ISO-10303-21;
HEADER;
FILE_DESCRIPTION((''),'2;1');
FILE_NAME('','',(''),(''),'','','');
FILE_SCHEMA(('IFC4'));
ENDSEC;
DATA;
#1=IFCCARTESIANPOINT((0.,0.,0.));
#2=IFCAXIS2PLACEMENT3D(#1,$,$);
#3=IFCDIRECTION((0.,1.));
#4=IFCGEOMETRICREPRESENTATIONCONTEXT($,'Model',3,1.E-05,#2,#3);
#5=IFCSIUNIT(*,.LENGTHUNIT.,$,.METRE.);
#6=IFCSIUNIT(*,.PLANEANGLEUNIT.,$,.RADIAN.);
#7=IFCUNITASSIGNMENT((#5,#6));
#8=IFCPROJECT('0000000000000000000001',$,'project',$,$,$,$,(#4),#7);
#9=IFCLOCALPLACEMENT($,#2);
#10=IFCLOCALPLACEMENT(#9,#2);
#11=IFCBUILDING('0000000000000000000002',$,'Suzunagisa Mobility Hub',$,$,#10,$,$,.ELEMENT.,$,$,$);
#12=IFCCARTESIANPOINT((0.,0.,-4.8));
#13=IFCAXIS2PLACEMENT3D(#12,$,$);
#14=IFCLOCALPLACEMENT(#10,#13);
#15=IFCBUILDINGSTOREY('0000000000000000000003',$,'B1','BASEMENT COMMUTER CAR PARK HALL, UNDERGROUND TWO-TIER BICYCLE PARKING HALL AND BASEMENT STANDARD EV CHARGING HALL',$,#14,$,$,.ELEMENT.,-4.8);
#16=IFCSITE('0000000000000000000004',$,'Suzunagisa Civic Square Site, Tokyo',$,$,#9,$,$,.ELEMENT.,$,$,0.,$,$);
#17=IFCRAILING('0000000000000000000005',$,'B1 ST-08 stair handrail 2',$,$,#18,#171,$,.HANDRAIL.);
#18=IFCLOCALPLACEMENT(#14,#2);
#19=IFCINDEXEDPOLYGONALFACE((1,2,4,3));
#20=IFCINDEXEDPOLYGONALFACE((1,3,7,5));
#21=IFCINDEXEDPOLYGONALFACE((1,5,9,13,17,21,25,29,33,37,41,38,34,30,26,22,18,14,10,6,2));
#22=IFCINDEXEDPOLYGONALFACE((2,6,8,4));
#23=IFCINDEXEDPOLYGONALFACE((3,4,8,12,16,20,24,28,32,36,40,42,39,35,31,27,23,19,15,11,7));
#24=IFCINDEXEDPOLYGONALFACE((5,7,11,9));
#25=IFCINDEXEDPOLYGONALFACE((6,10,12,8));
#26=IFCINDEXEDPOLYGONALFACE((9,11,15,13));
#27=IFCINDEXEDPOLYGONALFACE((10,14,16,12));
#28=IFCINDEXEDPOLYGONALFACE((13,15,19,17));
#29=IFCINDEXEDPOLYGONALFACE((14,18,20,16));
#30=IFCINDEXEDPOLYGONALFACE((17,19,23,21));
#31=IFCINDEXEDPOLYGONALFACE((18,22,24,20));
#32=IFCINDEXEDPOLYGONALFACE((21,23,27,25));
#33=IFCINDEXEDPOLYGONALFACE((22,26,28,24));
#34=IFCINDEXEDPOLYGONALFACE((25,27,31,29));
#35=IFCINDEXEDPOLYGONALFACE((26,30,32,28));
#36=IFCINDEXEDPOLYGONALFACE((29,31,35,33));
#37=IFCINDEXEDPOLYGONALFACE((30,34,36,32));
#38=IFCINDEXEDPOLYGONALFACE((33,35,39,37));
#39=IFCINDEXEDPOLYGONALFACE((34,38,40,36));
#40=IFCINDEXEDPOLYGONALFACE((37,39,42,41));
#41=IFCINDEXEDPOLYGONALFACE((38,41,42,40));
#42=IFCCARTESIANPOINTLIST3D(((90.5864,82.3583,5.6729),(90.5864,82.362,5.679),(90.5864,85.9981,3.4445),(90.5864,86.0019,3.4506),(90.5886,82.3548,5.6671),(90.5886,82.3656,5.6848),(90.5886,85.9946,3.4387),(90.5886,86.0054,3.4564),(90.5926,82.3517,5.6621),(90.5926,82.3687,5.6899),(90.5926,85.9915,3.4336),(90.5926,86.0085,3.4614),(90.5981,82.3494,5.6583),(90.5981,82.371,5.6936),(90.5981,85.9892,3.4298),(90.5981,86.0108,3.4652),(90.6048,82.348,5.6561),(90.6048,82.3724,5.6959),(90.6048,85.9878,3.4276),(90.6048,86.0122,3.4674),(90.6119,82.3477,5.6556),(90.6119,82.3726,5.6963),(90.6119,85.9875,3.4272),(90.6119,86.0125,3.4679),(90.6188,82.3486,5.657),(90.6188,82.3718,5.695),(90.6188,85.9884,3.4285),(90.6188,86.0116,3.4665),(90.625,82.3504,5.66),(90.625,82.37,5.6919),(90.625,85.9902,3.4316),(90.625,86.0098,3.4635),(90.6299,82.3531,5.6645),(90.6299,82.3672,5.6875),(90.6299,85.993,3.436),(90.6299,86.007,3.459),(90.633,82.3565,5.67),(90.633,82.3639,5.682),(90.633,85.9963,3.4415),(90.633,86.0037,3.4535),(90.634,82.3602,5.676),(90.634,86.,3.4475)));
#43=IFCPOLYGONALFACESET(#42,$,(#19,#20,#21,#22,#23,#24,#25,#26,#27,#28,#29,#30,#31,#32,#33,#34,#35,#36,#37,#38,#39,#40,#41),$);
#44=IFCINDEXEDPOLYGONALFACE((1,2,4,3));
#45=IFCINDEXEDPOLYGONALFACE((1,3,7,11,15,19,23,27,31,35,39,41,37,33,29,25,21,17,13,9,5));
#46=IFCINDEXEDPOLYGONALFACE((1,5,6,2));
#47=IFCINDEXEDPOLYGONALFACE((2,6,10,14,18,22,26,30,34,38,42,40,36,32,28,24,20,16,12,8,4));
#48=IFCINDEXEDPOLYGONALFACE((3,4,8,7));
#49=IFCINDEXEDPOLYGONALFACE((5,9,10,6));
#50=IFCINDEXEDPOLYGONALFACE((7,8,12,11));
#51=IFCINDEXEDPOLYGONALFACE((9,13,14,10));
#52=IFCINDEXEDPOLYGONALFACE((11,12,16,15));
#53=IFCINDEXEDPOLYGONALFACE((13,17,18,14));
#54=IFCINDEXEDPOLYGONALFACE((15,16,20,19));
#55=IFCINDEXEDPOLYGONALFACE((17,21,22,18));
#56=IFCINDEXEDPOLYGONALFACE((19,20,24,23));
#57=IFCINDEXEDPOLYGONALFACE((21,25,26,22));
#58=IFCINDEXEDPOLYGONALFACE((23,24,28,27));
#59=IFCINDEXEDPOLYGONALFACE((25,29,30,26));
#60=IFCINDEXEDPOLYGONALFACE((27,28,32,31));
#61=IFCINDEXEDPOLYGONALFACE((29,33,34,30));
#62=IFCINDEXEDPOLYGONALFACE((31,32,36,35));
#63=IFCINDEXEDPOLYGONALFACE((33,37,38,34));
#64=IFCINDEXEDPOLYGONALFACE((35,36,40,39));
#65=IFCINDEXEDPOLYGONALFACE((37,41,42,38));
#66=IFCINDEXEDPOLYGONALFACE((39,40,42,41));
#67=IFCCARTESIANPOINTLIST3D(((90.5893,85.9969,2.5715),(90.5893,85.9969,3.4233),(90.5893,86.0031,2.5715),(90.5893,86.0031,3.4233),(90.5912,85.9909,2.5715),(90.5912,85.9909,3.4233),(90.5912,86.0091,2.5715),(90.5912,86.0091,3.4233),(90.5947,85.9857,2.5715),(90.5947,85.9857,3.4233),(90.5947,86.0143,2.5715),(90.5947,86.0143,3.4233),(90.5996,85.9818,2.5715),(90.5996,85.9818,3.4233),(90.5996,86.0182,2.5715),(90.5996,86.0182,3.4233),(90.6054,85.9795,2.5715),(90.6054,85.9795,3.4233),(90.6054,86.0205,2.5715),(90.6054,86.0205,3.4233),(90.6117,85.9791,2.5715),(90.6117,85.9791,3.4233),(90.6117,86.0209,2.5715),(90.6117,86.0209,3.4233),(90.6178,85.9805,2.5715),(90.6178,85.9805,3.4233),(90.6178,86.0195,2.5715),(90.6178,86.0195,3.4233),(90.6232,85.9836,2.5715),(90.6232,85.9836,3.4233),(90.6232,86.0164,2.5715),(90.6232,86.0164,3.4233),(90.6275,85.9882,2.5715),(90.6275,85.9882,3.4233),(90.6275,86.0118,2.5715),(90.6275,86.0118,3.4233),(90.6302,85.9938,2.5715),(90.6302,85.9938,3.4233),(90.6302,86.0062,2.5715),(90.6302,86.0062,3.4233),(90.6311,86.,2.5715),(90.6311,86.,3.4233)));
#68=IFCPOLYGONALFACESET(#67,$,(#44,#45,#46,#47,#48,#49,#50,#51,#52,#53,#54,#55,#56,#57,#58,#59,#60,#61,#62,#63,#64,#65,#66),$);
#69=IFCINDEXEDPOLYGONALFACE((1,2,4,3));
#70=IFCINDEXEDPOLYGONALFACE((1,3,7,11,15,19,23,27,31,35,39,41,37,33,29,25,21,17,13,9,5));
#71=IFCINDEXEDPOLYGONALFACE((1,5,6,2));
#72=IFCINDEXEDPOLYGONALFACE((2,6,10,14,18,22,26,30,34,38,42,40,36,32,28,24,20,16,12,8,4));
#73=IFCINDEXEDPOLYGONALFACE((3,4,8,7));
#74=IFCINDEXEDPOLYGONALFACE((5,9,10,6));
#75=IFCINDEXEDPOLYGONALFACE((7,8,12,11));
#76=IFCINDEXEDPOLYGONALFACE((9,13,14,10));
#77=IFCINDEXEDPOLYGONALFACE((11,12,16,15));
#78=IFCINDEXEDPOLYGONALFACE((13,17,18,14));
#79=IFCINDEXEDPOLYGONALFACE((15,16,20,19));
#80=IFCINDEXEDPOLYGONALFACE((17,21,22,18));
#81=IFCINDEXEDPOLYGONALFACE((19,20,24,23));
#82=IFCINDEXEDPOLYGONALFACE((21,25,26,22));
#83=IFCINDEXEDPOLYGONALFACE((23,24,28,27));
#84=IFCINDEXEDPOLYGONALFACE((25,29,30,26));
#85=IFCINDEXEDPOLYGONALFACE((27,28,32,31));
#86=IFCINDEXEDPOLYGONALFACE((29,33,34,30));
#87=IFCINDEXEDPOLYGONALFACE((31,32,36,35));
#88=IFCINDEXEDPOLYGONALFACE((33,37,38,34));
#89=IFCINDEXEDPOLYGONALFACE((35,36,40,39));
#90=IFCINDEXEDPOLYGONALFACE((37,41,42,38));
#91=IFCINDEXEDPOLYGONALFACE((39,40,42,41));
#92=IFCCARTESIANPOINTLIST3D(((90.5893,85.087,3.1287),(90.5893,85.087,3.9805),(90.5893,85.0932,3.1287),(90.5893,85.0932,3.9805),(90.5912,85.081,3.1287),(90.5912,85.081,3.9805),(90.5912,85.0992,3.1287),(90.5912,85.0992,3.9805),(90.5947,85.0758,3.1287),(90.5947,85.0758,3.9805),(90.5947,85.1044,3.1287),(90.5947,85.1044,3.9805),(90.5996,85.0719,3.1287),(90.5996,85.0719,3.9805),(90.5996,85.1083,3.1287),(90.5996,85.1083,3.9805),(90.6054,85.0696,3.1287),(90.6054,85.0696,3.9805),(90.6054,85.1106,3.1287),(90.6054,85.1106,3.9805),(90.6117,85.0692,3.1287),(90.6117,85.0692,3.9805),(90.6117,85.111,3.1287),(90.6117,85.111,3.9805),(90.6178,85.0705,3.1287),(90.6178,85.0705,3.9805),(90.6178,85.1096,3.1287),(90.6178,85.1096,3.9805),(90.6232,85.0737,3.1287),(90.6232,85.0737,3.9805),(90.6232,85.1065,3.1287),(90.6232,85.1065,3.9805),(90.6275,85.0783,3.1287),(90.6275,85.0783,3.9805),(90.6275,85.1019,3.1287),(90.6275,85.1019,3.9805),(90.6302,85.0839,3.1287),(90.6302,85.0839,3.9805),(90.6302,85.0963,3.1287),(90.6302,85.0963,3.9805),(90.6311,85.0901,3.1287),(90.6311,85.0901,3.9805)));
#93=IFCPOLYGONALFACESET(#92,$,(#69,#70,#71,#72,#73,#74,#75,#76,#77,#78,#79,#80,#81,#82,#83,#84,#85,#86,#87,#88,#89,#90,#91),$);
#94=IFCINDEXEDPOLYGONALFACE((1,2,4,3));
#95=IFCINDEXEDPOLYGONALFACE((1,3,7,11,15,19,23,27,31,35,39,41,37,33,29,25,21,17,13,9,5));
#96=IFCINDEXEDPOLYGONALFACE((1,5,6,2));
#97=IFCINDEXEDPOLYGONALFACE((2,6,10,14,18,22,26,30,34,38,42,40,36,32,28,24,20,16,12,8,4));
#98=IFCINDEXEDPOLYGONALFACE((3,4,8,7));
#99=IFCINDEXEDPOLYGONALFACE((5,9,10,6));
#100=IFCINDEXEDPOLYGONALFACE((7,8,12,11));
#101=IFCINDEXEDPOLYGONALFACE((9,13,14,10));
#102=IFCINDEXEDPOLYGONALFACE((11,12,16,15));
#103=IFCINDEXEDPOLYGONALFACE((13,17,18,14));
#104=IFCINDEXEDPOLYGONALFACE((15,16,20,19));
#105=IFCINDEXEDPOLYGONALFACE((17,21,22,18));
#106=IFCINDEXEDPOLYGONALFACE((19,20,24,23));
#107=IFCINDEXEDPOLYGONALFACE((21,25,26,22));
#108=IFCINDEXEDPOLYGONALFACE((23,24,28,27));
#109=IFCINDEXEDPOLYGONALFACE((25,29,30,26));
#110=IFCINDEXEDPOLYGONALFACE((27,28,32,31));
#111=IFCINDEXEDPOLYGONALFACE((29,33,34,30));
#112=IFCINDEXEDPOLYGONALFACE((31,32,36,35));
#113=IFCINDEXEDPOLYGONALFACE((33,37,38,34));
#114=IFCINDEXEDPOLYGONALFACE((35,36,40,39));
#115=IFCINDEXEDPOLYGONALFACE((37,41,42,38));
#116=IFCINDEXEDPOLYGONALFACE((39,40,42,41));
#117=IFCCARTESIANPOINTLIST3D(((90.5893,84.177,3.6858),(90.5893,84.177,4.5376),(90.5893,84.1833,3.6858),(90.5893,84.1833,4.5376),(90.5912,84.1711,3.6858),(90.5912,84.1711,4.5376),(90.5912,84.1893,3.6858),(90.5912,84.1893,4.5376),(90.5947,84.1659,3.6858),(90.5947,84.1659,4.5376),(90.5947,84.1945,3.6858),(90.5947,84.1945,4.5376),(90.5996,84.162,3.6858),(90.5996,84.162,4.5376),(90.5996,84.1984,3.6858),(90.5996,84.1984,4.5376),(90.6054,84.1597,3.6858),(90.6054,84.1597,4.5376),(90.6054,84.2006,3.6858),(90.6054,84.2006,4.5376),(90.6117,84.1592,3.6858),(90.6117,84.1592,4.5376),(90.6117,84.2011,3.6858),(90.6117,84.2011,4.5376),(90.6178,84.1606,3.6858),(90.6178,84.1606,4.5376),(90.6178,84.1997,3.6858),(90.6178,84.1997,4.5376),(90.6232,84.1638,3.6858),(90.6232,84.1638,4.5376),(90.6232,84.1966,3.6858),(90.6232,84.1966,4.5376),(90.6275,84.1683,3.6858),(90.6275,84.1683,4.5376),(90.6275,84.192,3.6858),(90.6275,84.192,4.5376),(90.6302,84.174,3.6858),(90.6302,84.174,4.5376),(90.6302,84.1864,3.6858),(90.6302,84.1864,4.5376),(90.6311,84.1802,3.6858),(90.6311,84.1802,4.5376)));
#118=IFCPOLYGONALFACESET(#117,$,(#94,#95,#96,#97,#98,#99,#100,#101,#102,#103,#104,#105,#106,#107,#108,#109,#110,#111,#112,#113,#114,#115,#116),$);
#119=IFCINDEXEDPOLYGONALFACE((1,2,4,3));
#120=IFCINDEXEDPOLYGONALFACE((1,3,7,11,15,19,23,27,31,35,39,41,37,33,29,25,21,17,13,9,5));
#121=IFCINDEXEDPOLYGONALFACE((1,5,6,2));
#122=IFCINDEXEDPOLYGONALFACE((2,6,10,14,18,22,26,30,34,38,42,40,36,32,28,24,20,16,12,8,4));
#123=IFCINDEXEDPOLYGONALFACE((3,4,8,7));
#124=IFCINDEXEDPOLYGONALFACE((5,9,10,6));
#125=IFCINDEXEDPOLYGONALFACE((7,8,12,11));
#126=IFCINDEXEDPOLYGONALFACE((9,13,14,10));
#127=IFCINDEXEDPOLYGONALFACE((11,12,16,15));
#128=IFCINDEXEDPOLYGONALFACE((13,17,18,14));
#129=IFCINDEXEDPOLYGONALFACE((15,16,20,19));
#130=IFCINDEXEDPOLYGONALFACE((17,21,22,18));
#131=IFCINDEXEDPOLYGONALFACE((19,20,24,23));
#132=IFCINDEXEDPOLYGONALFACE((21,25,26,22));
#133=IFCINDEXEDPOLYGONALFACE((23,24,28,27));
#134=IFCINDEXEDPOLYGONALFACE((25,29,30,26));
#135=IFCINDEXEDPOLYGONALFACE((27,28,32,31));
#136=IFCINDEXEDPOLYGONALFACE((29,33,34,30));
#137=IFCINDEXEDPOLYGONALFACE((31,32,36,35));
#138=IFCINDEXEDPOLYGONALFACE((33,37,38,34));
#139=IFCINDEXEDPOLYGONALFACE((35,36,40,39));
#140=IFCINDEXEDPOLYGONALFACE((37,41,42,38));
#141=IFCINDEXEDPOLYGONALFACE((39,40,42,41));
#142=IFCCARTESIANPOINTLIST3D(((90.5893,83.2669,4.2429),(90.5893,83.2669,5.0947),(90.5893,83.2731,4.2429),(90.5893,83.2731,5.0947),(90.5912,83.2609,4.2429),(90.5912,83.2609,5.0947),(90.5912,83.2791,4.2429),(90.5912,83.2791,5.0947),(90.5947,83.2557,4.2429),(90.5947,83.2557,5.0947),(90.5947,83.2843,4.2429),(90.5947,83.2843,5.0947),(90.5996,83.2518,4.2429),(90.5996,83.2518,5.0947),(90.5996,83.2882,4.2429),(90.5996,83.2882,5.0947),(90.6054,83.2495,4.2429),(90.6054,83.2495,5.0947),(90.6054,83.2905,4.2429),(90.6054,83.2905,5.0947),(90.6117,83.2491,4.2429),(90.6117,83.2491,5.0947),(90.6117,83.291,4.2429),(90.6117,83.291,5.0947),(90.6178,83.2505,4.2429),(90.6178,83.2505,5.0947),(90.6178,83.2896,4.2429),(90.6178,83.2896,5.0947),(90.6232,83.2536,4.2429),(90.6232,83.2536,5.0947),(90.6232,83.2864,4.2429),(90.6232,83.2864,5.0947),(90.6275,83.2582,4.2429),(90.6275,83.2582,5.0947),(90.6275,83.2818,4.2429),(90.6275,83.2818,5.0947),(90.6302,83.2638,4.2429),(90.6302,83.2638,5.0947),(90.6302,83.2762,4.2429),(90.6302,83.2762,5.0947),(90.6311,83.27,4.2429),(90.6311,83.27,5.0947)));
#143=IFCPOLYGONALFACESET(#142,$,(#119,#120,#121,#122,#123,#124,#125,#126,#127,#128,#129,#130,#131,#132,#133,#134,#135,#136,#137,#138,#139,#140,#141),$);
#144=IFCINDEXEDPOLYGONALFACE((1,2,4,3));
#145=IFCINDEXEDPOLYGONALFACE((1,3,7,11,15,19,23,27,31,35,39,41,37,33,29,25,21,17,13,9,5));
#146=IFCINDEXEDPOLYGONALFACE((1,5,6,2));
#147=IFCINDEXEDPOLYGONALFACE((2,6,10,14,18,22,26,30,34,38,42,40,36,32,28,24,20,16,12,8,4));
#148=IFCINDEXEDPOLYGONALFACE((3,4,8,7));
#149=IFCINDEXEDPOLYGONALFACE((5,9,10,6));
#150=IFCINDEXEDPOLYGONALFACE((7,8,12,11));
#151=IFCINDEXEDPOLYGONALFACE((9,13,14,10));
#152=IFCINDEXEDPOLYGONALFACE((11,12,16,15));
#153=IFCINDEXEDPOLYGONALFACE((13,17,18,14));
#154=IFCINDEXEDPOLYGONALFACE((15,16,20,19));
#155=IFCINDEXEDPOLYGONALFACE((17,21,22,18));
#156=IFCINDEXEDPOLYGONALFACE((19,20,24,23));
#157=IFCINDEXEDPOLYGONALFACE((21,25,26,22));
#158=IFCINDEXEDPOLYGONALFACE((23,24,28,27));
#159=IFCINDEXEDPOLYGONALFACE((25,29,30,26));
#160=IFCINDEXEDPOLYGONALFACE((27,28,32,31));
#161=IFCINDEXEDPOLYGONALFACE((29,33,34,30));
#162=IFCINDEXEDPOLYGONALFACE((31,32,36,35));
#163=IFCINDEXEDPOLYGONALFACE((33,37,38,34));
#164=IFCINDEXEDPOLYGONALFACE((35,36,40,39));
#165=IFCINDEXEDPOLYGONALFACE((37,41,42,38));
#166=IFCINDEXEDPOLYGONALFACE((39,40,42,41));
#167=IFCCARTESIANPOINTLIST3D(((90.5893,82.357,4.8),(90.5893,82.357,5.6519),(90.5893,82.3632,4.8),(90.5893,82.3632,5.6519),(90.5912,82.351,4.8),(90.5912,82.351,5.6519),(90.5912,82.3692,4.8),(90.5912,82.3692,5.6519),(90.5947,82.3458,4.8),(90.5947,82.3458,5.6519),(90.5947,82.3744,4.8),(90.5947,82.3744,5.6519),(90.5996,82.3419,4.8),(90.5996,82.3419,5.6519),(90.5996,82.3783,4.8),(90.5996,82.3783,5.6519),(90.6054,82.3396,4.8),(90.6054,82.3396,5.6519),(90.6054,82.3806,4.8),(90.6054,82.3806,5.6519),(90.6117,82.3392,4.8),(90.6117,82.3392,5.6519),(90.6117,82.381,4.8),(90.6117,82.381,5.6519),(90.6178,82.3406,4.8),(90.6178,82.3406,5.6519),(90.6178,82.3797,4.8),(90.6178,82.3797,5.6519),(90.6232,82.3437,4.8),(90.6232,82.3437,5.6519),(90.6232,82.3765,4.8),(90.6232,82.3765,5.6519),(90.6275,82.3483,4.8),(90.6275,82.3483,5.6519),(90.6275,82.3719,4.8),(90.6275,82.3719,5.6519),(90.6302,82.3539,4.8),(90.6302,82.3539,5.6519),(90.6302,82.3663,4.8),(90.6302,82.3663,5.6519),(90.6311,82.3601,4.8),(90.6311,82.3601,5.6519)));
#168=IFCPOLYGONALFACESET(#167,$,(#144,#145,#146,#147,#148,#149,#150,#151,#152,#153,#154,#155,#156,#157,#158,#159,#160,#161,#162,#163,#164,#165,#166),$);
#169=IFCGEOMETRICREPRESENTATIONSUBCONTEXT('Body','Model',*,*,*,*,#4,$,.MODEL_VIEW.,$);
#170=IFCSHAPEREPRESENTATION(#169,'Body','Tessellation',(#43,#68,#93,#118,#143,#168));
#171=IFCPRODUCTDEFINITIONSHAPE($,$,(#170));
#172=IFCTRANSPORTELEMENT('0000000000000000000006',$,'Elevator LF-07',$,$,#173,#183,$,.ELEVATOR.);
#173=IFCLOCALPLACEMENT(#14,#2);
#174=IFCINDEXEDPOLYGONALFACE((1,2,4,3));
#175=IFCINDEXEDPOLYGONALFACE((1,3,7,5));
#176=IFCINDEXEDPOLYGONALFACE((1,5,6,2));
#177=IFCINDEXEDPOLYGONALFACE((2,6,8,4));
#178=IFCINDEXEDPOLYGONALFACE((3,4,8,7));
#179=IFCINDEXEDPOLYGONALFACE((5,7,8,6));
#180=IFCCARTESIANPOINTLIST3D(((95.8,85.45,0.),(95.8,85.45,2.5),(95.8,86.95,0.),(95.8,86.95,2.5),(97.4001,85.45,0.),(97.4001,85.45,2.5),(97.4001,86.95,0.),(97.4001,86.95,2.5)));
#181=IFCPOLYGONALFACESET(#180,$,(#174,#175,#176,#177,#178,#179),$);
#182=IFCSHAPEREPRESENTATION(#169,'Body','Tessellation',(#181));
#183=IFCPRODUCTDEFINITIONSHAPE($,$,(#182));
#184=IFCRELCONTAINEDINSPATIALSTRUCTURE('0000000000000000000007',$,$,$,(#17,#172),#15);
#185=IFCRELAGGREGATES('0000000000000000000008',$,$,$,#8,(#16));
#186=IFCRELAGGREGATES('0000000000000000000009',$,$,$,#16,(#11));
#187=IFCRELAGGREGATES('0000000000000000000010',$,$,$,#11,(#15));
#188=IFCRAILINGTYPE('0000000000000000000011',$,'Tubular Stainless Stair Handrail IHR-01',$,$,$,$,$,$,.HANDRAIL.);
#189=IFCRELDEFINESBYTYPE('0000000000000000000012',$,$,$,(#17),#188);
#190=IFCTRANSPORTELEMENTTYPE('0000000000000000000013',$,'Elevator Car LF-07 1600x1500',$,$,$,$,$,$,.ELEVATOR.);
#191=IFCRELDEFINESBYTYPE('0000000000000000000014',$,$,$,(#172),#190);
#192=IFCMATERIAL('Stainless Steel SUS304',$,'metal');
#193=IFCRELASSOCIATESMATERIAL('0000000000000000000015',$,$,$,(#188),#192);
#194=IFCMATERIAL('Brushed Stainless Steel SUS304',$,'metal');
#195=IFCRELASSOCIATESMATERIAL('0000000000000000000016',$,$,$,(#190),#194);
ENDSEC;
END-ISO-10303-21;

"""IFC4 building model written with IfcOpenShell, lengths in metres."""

from ifc_helpers import new_model, si_unit, direction, frame, origin, origin_2d, place, context, subcontext, project, spatial, rectangle, circle, extrude, material, type_object, element, save


model = new_model("IFC4")

# Units and contexts
model_context = context("Model", 3, precision=1e-05, world=origin(), true_north=direction((0.0, 1.0)))
body_context = subcontext(model_context, "Body", "Model", "MODEL_VIEW")
ifc_project = project(units=[si_unit("LENGTHUNIT", "METRE"), si_unit("PLANEANGLEUNIT", "RADIAN")], contexts=[model_context])

# Site, building, storey
site_placement = place(None, origin())
site = spatial("IfcSite", under=ifc_project, at=site_placement, Name="Suzunagisa Civic Square Site, Tokyo", CompositionType="ELEMENT", RefElevation=0.0)
building_placement = place(site_placement, origin())
building = spatial("IfcBuilding", under=site, at=building_placement, Name="Suzunagisa Mobility Hub", CompositionType="ELEMENT")
storey_placement = place(building_placement, frame((0.0, 0.0, -4.8)))
storey = spatial("IfcBuildingStorey", under=building, at=storey_placement, Name="B1", Description="BASEMENT COMMUTER CAR PARK HALL, UNDERGROUND TWO-TIER BICYCLE PARKING HALL AND BASEMENT STANDARD EV CHARGING HALL", CompositionType="ELEMENT", Elevation=-4.8)

# Railing
ifc_material_1 = material(Name="Stainless Steel SUS304", Category="metal")
railing_type_1 = type_object("IfcRailingType", Name="Tubular Stainless Stair Handrail IHR-01", PredefinedType="HANDRAIL", material=ifc_material_1)
railing_1_placement = place(storey_placement, frame((90.6101, 86.0, 2.5715)))
element("IfcRailing", 1, at=railing_1_placement, inside=storey, type_object=railing_type_1, Name="B1 ST-08 stair handrail 2", PredefinedType="HANDRAIL", context=body_context, shape_type="SweptSolid", body=[
    extrude(circle(Radius=0.0239, at=origin_2d()), frame((0.0, 0.0, 0.876), z_axis=(0.0, -0.85285, 0.522156), x_axis=(1.0, 0.0, 0.0)), (0.0, 0.0, 1.0), 4.2678),
    extrude(circle(Radius=0.021, at=origin_2d()), origin(), (0.0, 0.0, 1.0), 0.8518),
    extrude(circle(Radius=0.021, at=origin_2d()), frame((0.0, -0.9099, 0.5571)), (0.0, 0.0, 1.0), 0.8518),
    extrude(circle(Radius=0.021, at=origin_2d()), frame((0.0, -1.8198, 1.1143)), (0.0, 0.0, 1.0), 0.8518),
    extrude(circle(Radius=0.021, at=origin_2d()), frame((0.0, -2.73, 1.6714)), (0.0, 0.0, 1.0), 0.8518),
    extrude(circle(Radius=0.021, at=origin_2d()), frame((0.0, -3.6399, 2.2285)), (0.0, 0.0, 1.0), 0.8518),
])

# Transport element
ifc_material_2 = material(Name="Brushed Stainless Steel SUS304", Category="metal")
transport_element_type = type_object("IfcTransportElementType", Name="Elevator Car LF-07 1600x1500", PredefinedType="ELEVATOR", material=ifc_material_2)
transport_element_placement = place(storey_placement, frame((96.6001, 86.2, 0.0), z_axis=(0.0, 0.0, 1.0), x_axis=(1.0, 0.0, 0.0)))
element("IfcTransportElement", 2, at=transport_element_placement, inside=storey, type_object=transport_element_type, Name="Elevator LF-07", PredefinedType="ELEVATOR", context=body_context, shape_type="SweptSolid", body=[
    extrude(rectangle(XDim=1.6001, YDim=1.5, at=origin_2d()), origin(), (0.0, 0.0, 1.0), 2.5),
])

save(model, "model.ifc")
